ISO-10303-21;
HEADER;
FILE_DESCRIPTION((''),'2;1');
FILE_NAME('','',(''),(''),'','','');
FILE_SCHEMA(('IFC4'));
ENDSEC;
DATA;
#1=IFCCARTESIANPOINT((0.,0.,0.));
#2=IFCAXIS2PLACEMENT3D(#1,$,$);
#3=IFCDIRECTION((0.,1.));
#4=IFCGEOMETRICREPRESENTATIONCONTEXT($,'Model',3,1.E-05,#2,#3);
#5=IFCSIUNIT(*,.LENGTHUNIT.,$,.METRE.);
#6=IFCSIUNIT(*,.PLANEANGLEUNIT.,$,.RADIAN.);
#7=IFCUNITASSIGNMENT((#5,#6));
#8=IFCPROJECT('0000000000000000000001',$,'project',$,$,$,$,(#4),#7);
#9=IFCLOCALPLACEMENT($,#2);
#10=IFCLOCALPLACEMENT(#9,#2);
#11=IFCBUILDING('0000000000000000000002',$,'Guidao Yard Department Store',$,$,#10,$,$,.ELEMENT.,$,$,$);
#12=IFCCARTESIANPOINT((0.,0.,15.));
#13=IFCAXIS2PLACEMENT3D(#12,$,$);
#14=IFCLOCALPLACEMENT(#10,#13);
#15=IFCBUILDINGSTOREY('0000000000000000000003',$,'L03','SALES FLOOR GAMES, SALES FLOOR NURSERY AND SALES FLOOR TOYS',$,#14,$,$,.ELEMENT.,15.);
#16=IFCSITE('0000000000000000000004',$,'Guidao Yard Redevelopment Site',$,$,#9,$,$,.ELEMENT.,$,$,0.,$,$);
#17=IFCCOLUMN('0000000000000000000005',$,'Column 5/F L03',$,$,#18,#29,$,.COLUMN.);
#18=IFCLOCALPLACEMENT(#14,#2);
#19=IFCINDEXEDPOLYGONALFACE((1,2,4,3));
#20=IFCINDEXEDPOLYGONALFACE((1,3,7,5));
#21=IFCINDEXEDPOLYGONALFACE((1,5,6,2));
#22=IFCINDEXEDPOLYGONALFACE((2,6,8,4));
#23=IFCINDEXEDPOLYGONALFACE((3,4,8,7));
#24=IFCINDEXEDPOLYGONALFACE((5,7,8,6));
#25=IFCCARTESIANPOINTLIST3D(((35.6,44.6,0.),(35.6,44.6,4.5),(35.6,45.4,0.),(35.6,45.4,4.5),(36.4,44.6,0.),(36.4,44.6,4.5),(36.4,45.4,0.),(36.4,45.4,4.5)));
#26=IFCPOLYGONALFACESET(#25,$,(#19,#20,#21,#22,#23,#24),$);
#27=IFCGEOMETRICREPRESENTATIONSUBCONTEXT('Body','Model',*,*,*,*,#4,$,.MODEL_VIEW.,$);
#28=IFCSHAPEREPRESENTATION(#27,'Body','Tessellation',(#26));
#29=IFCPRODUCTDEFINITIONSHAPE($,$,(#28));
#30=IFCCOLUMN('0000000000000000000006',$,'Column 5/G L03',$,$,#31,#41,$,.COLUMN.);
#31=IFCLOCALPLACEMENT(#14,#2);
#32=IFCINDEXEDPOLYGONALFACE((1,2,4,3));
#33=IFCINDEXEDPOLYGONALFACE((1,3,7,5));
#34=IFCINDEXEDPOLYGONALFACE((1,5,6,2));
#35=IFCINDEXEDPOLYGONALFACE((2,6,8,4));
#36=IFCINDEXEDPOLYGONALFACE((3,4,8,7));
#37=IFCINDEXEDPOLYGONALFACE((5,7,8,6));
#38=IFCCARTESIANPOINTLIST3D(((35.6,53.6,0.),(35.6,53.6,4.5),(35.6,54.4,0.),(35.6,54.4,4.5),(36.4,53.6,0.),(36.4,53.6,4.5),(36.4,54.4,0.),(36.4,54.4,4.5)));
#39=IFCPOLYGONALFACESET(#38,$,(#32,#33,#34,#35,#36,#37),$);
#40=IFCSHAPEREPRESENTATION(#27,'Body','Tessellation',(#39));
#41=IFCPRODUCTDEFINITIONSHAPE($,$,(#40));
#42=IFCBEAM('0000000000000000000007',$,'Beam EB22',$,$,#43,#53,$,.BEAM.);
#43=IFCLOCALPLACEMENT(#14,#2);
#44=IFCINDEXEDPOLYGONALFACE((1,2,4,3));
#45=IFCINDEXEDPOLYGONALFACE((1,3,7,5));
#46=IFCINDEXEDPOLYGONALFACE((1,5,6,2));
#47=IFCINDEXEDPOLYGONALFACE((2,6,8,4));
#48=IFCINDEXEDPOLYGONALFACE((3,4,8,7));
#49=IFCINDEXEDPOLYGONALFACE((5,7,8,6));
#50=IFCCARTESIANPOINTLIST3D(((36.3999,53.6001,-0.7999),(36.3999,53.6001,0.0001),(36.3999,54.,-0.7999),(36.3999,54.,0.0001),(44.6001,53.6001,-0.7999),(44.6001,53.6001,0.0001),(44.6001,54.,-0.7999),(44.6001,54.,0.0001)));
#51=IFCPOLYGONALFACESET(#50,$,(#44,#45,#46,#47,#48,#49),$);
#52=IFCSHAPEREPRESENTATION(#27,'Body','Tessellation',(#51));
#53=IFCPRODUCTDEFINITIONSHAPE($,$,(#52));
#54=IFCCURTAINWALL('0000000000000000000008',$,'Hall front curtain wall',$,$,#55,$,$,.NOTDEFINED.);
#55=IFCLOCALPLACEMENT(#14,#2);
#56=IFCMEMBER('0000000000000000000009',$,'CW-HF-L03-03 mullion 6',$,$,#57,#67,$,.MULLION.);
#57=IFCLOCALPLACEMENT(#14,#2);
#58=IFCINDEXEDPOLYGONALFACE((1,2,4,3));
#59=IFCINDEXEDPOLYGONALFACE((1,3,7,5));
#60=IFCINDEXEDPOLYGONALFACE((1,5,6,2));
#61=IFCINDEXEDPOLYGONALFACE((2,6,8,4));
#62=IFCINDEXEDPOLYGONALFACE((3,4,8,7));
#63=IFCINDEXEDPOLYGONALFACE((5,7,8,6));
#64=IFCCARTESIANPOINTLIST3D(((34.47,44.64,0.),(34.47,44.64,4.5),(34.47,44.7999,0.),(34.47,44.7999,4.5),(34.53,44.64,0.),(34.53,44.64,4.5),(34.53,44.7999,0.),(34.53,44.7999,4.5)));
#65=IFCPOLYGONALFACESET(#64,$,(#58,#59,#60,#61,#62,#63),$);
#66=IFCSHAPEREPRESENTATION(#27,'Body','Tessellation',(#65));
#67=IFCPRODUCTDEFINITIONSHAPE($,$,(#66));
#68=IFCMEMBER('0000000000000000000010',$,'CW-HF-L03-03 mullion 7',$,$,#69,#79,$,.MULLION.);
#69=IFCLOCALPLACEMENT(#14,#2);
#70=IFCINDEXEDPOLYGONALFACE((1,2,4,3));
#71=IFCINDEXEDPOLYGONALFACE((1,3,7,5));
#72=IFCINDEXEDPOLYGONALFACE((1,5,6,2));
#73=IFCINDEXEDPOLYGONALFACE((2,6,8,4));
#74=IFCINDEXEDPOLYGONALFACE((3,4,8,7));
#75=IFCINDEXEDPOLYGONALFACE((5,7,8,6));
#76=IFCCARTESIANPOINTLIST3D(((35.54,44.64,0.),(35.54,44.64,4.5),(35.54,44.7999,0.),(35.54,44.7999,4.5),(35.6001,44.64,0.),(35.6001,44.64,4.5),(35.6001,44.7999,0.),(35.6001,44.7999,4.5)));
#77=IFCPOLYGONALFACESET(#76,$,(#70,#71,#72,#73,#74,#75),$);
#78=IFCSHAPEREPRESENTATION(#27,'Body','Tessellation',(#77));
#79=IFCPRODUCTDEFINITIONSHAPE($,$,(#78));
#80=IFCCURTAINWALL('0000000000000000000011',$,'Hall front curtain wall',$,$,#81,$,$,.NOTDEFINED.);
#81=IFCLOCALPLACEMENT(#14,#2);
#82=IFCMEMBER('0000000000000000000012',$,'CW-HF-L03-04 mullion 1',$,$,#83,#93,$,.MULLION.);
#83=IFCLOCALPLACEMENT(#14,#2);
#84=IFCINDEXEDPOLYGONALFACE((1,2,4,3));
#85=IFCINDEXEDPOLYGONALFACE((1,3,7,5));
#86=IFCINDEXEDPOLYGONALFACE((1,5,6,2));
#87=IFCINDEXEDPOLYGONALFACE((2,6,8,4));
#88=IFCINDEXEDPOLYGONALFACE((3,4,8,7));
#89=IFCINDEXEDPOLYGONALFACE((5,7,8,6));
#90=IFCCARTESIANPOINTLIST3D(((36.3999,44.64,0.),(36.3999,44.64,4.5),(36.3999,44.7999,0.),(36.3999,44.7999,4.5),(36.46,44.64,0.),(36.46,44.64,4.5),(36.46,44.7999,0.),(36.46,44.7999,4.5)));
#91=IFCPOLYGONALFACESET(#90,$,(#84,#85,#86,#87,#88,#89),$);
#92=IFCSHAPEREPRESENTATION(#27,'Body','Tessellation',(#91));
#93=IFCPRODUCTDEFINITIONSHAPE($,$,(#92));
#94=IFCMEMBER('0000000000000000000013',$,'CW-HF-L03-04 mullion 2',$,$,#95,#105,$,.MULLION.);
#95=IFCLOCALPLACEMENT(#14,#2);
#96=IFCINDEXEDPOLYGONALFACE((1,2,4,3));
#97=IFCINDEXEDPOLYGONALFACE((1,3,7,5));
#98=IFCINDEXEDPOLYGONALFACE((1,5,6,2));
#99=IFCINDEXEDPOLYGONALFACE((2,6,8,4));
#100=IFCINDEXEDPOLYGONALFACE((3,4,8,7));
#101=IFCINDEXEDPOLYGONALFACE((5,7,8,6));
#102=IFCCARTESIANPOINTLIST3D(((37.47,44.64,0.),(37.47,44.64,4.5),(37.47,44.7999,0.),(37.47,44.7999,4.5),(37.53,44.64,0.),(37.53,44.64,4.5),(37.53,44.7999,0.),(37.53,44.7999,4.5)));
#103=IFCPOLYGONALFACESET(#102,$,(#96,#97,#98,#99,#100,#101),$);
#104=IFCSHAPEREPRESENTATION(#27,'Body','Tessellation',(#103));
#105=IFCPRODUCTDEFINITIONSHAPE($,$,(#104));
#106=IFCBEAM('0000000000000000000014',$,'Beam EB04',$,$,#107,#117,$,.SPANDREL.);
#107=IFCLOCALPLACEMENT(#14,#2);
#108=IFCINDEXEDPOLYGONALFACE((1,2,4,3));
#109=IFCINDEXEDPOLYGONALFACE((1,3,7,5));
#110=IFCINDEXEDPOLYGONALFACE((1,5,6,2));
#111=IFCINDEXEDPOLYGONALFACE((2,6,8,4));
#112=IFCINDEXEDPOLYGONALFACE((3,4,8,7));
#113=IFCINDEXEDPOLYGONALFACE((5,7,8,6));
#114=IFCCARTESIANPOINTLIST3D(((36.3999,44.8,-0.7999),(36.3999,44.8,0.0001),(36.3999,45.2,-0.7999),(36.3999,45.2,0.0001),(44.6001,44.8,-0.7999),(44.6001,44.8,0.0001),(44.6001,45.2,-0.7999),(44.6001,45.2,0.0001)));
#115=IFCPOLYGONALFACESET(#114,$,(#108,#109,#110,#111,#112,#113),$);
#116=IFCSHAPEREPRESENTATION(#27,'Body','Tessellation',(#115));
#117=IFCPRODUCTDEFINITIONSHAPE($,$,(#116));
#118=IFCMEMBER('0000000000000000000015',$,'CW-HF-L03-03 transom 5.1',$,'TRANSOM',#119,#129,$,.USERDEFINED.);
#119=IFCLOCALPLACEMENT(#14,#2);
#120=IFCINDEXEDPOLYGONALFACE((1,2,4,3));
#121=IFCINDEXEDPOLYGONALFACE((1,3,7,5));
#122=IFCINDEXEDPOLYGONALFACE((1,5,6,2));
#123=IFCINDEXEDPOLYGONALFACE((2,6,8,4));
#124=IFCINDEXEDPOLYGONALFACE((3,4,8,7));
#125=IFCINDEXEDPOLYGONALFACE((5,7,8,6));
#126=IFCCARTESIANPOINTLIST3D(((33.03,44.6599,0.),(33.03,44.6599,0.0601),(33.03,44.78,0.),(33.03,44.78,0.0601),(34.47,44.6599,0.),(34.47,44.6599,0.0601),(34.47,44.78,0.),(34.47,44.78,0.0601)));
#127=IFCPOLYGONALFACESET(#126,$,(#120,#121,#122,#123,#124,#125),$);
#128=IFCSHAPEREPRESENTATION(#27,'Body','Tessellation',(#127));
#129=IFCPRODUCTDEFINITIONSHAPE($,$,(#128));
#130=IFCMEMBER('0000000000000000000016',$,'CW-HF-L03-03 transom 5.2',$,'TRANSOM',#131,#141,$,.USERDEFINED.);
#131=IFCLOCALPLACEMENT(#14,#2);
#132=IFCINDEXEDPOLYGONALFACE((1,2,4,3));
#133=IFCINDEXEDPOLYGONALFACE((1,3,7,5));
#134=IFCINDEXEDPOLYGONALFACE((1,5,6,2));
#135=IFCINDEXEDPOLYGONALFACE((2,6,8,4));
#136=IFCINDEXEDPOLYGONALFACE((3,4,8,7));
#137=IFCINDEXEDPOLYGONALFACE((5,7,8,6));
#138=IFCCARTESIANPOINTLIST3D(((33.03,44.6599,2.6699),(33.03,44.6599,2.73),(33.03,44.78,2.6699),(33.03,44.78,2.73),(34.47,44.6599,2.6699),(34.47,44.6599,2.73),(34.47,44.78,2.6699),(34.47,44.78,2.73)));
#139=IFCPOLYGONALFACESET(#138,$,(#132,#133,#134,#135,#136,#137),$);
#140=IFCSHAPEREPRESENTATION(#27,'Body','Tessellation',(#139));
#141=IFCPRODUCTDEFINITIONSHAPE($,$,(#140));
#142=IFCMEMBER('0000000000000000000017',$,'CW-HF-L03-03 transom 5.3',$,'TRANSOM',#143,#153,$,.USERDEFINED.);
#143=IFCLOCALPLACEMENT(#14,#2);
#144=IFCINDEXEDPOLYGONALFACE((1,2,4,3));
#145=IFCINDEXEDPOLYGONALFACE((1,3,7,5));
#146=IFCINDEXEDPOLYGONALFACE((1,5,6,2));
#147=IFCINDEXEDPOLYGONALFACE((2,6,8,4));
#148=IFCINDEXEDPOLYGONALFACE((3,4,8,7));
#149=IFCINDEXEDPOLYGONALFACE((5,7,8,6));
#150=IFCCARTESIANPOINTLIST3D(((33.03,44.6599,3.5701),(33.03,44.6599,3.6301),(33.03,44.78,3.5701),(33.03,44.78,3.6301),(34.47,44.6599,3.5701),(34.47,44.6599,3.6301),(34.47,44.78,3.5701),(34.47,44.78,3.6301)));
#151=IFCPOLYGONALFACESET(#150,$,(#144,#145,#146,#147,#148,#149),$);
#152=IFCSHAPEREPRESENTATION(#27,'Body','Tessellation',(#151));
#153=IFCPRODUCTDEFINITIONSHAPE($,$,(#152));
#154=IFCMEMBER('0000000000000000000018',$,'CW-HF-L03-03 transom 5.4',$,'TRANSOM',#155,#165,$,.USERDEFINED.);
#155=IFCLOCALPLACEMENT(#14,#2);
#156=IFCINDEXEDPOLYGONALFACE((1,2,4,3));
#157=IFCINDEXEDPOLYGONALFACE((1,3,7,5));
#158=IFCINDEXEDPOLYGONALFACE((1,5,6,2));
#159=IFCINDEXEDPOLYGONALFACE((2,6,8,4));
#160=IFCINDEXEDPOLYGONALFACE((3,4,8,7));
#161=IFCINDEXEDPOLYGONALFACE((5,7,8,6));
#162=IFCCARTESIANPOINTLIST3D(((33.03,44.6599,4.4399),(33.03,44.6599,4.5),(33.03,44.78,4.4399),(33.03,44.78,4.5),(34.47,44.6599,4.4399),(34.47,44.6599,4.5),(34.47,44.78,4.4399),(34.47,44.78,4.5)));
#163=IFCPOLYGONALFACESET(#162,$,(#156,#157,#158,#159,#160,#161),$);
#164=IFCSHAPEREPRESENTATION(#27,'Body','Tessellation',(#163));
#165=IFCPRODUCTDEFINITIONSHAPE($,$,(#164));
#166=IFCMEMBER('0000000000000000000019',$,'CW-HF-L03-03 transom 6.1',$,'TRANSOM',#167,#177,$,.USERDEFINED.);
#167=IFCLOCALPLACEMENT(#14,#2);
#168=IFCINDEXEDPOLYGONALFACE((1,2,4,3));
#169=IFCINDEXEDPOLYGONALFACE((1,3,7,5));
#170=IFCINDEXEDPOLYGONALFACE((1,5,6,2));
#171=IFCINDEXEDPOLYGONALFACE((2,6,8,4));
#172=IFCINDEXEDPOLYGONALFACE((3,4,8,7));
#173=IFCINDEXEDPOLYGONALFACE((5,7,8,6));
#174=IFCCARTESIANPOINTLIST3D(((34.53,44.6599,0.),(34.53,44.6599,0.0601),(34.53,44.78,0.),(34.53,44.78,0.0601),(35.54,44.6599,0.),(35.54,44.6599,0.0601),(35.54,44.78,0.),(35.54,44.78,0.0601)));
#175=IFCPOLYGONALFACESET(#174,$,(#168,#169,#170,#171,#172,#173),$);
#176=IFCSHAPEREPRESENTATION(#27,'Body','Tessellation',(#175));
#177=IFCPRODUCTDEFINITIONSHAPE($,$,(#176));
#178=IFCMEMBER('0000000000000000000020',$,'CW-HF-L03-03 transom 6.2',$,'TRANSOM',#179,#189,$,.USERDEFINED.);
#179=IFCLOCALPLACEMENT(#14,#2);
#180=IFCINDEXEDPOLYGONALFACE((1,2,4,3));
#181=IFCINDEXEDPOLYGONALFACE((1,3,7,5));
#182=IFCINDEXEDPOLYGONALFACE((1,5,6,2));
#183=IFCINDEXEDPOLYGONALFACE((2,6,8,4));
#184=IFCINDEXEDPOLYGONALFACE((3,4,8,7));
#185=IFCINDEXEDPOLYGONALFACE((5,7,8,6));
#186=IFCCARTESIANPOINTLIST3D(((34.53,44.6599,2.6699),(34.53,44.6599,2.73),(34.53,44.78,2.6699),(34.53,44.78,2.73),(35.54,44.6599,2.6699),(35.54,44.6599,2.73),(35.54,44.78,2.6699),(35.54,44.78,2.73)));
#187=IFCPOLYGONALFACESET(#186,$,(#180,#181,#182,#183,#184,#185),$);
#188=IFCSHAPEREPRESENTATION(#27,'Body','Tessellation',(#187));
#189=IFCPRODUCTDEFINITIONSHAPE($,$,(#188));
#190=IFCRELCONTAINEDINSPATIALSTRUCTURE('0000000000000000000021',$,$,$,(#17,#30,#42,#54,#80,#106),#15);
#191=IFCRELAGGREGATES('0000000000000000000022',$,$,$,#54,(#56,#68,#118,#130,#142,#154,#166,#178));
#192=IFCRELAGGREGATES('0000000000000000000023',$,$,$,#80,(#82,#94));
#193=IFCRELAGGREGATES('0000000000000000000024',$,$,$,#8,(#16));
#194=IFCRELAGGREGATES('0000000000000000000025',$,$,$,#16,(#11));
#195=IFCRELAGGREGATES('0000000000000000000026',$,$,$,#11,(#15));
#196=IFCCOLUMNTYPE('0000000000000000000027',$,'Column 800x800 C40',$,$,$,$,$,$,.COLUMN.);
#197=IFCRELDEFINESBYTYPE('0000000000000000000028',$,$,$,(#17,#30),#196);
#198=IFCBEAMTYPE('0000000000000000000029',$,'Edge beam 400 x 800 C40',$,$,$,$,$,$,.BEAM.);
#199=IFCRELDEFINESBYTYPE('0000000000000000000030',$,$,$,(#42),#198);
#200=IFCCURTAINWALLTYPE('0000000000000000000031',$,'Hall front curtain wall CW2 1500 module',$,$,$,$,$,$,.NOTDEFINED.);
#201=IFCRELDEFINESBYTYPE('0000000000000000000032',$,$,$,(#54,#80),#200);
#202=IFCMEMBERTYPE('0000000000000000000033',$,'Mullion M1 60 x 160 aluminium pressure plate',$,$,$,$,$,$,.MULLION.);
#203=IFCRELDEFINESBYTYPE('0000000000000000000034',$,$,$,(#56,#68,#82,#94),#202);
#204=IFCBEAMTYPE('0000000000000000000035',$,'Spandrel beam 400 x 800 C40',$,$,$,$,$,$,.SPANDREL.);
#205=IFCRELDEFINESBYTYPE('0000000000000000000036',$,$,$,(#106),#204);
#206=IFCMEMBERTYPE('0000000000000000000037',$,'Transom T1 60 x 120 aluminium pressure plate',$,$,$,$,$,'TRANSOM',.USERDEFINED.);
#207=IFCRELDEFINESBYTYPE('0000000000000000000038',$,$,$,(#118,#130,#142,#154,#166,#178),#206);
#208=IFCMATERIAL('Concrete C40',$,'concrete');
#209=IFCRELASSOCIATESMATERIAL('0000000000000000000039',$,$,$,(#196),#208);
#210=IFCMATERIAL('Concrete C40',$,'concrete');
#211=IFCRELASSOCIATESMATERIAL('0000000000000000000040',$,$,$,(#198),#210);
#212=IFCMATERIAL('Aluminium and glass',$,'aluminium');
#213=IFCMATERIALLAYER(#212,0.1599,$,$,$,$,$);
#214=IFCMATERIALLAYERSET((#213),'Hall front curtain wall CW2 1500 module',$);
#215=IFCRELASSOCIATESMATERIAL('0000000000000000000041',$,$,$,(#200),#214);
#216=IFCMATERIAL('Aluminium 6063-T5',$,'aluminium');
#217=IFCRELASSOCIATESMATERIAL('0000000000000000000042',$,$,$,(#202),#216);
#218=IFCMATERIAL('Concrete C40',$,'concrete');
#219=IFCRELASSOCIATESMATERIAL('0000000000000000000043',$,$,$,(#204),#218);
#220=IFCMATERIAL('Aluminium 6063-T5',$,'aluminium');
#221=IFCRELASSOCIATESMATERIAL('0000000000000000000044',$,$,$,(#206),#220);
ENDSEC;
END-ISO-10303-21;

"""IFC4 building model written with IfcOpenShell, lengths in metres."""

from ifc_helpers import new_model, si_unit, direction, frame, origin, origin_2d, place, context, subcontext, project, spatial, rectangle, extrude, material, layer, layer_set, material_profile, profile_set, type_object, element, aggregate, save


model = new_model("IFC4")

# Units and contexts
model_context = context("Model", 3, precision=1e-05, world=origin(), true_north=direction((0.0, 1.0)))
body_context = subcontext(model_context, "Body", "Model", "MODEL_VIEW")
ifc_project = project(units=[si_unit("LENGTHUNIT", "METRE"), si_unit("PLANEANGLEUNIT", "RADIAN")], contexts=[model_context])

# Site, building, storey
site_placement = place(None, origin())
site = spatial("IfcSite", under=ifc_project, at=site_placement, Name="Guidao Yard Redevelopment Site", CompositionType="ELEMENT", RefElevation=0.0)
building_placement = place(site_placement, origin())
building = spatial("IfcBuilding", under=site, at=building_placement, Name="Guidao Yard Department Store", CompositionType="ELEMENT")
storey_placement = place(building_placement, frame((0.0, 0.0, 15.0)))
storey = spatial("IfcBuildingStorey", under=building, at=storey_placement, Name="L03", Description="SALES FLOOR GAMES, SALES FLOOR NURSERY AND SALES FLOOR TOYS", CompositionType="ELEMENT", Elevation=15.0)

# Columns
ifc_material_1 = material(Name="Concrete C40", Category="concrete")
ifc_material_profile_1 = material_profile(ifc_material_1, rectangle(XDim=0.8, YDim=0.8, at=origin_2d()), Name="COL 800x800")
ifc_profile_set_1 = profile_set([ifc_material_profile_1], Name="Concrete C40")
column_type = type_object("IfcColumnType", Name="Column 800x800 C40", PredefinedType="COLUMN", material=ifc_profile_set_1)
for number, where, z_axis, x_axis, name in (
    (1, (36.0, 45.0, 0.0), (0.0, 0.0, 1.0), (1.0, 0.0, 0.0), "Column 5/F L03"),
    (2, (36.0, 54.0, 0.0), (0.0, 0.0, 1.0), (1.0, 0.0, 0.0), "Column 5/G L03"),
):
    element("IfcColumn", number, at=place(storey_placement, frame(where, z_axis=z_axis, x_axis=x_axis)), inside=storey, type_object=column_type, Name=name, PredefinedType="COLUMN", context=body_context, shape_type="SweptSolid", body=[
        extrude(rectangle(XDim=0.8, YDim=0.8, at=origin_2d()), origin(), (0.0, 0.0, 1.0), 4.5),
    ])

# Beam
ifc_material_2 = material(Name="Concrete C40", Category="concrete")
ifc_material_profile_2 = material_profile(ifc_material_2, rectangle(XDim=0.3999, YDim=0.8, at=origin_2d()), Name="Edge beam 400 x 800 C40")
ifc_profile_set_2 = profile_set([ifc_material_profile_2], Name="Concrete C40")
beam_type_1 = type_object("IfcBeamType", Name="Edge beam 400 x 800 C40", PredefinedType="BEAM", material=ifc_profile_set_2)
beam_1_placement = place(storey_placement, frame((36.3999, 53.8, -0.3999), z_axis=(1.0, 0.0, 0.0), x_axis=(0.0, 1.0, 0.0)))
element("IfcBeam", 3, at=beam_1_placement, inside=storey, type_object=beam_type_1, Name="Beam EB22", PredefinedType="BEAM", context=body_context, shape_type="SweptSolid", body=[
    extrude(rectangle(XDim=0.3999, YDim=0.8, at=origin_2d()), origin(), (0.0, 0.0, 1.0), 8.2002),
])

# Curtain walls, members
ifc_material_3 = material(Name="Aluminium and glass", Category="aluminium")
ifc_layer_1 = layer(ifc_material_3, 0.1599)
ifc_layer_set_1 = layer_set([ifc_layer_1], Name="Hall front curtain wall CW2 1500 module")
curtain_wall_type = type_object("IfcCurtainWallType", Name="Hall front curtain wall CW2 1500 module", PredefinedType="NOTDEFINED", material=ifc_layer_set_1)
curtain_wall_1_placement = place(storey_placement, origin())
curtain_wall_1 = element("IfcCurtainWall", 4, at=curtain_wall_1_placement, inside=storey, type_object=curtain_wall_type, Name="Hall front curtain wall", PredefinedType="NOTDEFINED")
ifc_material_4 = material(Name="Aluminium 6063-T5", Category="aluminium")
ifc_material_profile_3 = material_profile(ifc_material_4, rectangle(XDim=0.0601, YDim=0.1599, at=origin_2d()), Name="Mullion M1 60 x 160 aluminium pressure plate")
ifc_profile_set_3 = profile_set([ifc_material_profile_3], Name="Aluminium 6063-T5")
member_type_1 = type_object("IfcMemberType", Name="Mullion M1 60 x 160 aluminium pressure plate", PredefinedType="MULLION", material=ifc_profile_set_3)
member_1_placement = place(storey_placement, frame((34.5, 44.72, 0.0), z_axis=(0.0, 0.0, 1.0), x_axis=(-1.0, 0.0, 0.0)))
member_1 = element("IfcMember", 5, at=member_1_placement, type_object=member_type_1, Name="CW-HF-L03-03 mullion 6", PredefinedType="MULLION", context=body_context, shape_type="SweptSolid", body=[
    extrude(rectangle(XDim=0.0601, YDim=0.1599, at=origin_2d()), origin(), (0.0, 0.0, 1.0), 4.5),
])
member_2_placement = place(storey_placement, frame((35.5701, 44.72, 0.0), z_axis=(0.0, 0.0, 1.0), x_axis=(-1.0, 0.0, 0.0)))
member_2 = element("IfcMember", 6, at=member_2_placement, type_object=member_type_1, Name="CW-HF-L03-03 mullion 7", PredefinedType="MULLION", context=body_context, shape_type="SweptSolid", body=[
    extrude(rectangle(XDim=0.0601, YDim=0.1599, at=origin_2d()), origin(), (0.0, 0.0, 1.0), 4.5),
])
curtain_wall_2_placement = place(storey_placement, origin())
curtain_wall_2 = element("IfcCurtainWall", 7, at=curtain_wall_2_placement, inside=storey, type_object=curtain_wall_type, Name="Hall front curtain wall", PredefinedType="NOTDEFINED")
member_3_placement = place(storey_placement, frame((36.4299, 44.72, 0.0), z_axis=(0.0, 0.0, 1.0), x_axis=(-1.0, 0.0, 0.0)))
member_3 = element("IfcMember", 8, at=member_3_placement, type_object=member_type_1, Name="CW-HF-L03-04 mullion 1", PredefinedType="MULLION", context=body_context, shape_type="SweptSolid", body=[
    extrude(rectangle(XDim=0.0601, YDim=0.1599, at=origin_2d()), origin(), (0.0, 0.0, 1.0), 4.5),
])
member_4_placement = place(storey_placement, frame((37.5, 44.72, 0.0), z_axis=(0.0, 0.0, 1.0), x_axis=(-1.0, 0.0, 0.0)))
member_4 = element("IfcMember", 9, at=member_4_placement, type_object=member_type_1, Name="CW-HF-L03-04 mullion 2", PredefinedType="MULLION", context=body_context, shape_type="SweptSolid", body=[
    extrude(rectangle(XDim=0.0601, YDim=0.1599, at=origin_2d()), origin(), (0.0, 0.0, 1.0), 4.5),
])

# Beam
ifc_material_5 = material(Name="Concrete C40", Category="concrete")
ifc_material_profile_4 = material_profile(ifc_material_5, rectangle(XDim=0.3999, YDim=0.8, at=origin_2d()), Name="Spandrel beam 400 x 800 C40")
ifc_profile_set_4 = profile_set([ifc_material_profile_4], Name="Concrete C40")
beam_type_2 = type_object("IfcBeamType", Name="Spandrel beam 400 x 800 C40", PredefinedType="SPANDREL", material=ifc_profile_set_4)
beam_2_placement = place(storey_placement, frame((36.3999, 45.0, -0.3999), z_axis=(1.0, 0.0, 0.0), x_axis=(0.0, 1.0, 0.0)))
element("IfcBeam", 10, at=beam_2_placement, inside=storey, type_object=beam_type_2, Name="Beam EB04", PredefinedType="SPANDREL", context=body_context, shape_type="SweptSolid", body=[
    extrude(rectangle(XDim=0.3999, YDim=0.8, at=origin_2d()), origin(), (0.0, 0.0, 1.0), 8.2002),
])

# Members
ifc_material_6 = material(Name="Aluminium 6063-T5", Category="aluminium")
ifc_material_profile_5 = material_profile(ifc_material_6, rectangle(XDim=0.1201, YDim=0.0601, at=origin_2d()), Name="Transom T1 60 x 120 aluminium pressure plate")
ifc_profile_set_5 = profile_set([ifc_material_profile_5], Name="Aluminium 6063-T5")
member_type_2 = type_object("IfcMemberType", Name="Transom T1 60 x 120 aluminium pressure plate", ElementType="TRANSOM", PredefinedType="USERDEFINED", material=ifc_profile_set_5)
member_5_placement = place(storey_placement, frame((34.47, 44.72, 0.03), z_axis=(-1.0, 0.0, 0.0), x_axis=(0.0, -1.0, 0.0)))
member_5 = element("IfcMember", 11, at=member_5_placement, type_object=member_type_2, Name="CW-HF-L03-03 transom 5.1", ObjectType="TRANSOM", PredefinedType="USERDEFINED", context=body_context, shape_type="SweptSolid", body=[
    extrude(rectangle(XDim=0.1201, YDim=0.0601, at=origin_2d()), origin(), (0.0, 0.0, 1.0), 1.4399),
])
member_6_placement = place(storey_placement, frame((34.47, 44.72, 2.7), z_axis=(-1.0, 0.0, 0.0), x_axis=(0.0, -1.0, 0.0)))
member_6 = element("IfcMember", 12, at=member_6_placement, type_object=member_type_2, Name="CW-HF-L03-03 transom 5.2", ObjectType="TRANSOM", PredefinedType="USERDEFINED", context=body_context, shape_type="SweptSolid", body=[
    extrude(rectangle(XDim=0.1201, YDim=0.0601, at=origin_2d()), origin(), (0.0, 0.0, 1.0), 1.4399),
])
member_7_placement = place(storey_placement, frame((34.47, 44.72, 3.6001), z_axis=(-1.0, 0.0, 0.0), x_axis=(0.0, -1.0, 0.0)))
member_7 = element("IfcMember", 13, at=member_7_placement, type_object=member_type_2, Name="CW-HF-L03-03 transom 5.3", ObjectType="TRANSOM", PredefinedType="USERDEFINED", context=body_context, shape_type="SweptSolid", body=[
    extrude(rectangle(XDim=0.1201, YDim=0.0601, at=origin_2d()), origin(), (0.0, 0.0, 1.0), 1.4399),
])
member_8_placement = place(storey_placement, frame((34.47, 44.72, 4.47), z_axis=(-1.0, 0.0, 0.0), x_axis=(0.0, -1.0, 0.0)))
member_8 = element("IfcMember", 14, at=member_8_placement, type_object=member_type_2, Name="CW-HF-L03-03 transom 5.4", ObjectType="TRANSOM", PredefinedType="USERDEFINED", context=body_context, shape_type="SweptSolid", body=[
    extrude(rectangle(XDim=0.1201, YDim=0.0601, at=origin_2d()), origin(), (0.0, 0.0, 1.0), 1.4399),
])
member_9_placement = place(storey_placement, frame((35.54, 44.72, 0.03), z_axis=(-1.0, 0.0, 0.0), x_axis=(0.0, -1.0, 0.0)))
member_9 = element("IfcMember", 15, at=member_9_placement, type_object=member_type_2, Name="CW-HF-L03-03 transom 6.1", ObjectType="TRANSOM", PredefinedType="USERDEFINED", context=body_context, shape_type="SweptSolid", body=[
    extrude(rectangle(XDim=0.1201, YDim=0.0601, at=origin_2d()), origin(), (0.0, 0.0, 1.0), 1.01),
])
member_10_placement = place(storey_placement, frame((35.54, 44.72, 2.7), z_axis=(-1.0, 0.0, 0.0), x_axis=(0.0, -1.0, 0.0)))
member_10 = element("IfcMember", 16, at=member_10_placement, type_object=member_type_2, Name="CW-HF-L03-03 transom 6.2", ObjectType="TRANSOM", PredefinedType="USERDEFINED", context=body_context, shape_type="SweptSolid", body=[
    extrude(rectangle(XDim=0.1201, YDim=0.0601, at=origin_2d()), origin(), (0.0, 0.0, 1.0), 1.01),
])

aggregate(curtain_wall_1, [member_1, member_2, member_5, member_6, member_7, member_8, member_9, member_10])
aggregate(curtain_wall_2, [member_3, member_4])

save(model, "model.ifc")
